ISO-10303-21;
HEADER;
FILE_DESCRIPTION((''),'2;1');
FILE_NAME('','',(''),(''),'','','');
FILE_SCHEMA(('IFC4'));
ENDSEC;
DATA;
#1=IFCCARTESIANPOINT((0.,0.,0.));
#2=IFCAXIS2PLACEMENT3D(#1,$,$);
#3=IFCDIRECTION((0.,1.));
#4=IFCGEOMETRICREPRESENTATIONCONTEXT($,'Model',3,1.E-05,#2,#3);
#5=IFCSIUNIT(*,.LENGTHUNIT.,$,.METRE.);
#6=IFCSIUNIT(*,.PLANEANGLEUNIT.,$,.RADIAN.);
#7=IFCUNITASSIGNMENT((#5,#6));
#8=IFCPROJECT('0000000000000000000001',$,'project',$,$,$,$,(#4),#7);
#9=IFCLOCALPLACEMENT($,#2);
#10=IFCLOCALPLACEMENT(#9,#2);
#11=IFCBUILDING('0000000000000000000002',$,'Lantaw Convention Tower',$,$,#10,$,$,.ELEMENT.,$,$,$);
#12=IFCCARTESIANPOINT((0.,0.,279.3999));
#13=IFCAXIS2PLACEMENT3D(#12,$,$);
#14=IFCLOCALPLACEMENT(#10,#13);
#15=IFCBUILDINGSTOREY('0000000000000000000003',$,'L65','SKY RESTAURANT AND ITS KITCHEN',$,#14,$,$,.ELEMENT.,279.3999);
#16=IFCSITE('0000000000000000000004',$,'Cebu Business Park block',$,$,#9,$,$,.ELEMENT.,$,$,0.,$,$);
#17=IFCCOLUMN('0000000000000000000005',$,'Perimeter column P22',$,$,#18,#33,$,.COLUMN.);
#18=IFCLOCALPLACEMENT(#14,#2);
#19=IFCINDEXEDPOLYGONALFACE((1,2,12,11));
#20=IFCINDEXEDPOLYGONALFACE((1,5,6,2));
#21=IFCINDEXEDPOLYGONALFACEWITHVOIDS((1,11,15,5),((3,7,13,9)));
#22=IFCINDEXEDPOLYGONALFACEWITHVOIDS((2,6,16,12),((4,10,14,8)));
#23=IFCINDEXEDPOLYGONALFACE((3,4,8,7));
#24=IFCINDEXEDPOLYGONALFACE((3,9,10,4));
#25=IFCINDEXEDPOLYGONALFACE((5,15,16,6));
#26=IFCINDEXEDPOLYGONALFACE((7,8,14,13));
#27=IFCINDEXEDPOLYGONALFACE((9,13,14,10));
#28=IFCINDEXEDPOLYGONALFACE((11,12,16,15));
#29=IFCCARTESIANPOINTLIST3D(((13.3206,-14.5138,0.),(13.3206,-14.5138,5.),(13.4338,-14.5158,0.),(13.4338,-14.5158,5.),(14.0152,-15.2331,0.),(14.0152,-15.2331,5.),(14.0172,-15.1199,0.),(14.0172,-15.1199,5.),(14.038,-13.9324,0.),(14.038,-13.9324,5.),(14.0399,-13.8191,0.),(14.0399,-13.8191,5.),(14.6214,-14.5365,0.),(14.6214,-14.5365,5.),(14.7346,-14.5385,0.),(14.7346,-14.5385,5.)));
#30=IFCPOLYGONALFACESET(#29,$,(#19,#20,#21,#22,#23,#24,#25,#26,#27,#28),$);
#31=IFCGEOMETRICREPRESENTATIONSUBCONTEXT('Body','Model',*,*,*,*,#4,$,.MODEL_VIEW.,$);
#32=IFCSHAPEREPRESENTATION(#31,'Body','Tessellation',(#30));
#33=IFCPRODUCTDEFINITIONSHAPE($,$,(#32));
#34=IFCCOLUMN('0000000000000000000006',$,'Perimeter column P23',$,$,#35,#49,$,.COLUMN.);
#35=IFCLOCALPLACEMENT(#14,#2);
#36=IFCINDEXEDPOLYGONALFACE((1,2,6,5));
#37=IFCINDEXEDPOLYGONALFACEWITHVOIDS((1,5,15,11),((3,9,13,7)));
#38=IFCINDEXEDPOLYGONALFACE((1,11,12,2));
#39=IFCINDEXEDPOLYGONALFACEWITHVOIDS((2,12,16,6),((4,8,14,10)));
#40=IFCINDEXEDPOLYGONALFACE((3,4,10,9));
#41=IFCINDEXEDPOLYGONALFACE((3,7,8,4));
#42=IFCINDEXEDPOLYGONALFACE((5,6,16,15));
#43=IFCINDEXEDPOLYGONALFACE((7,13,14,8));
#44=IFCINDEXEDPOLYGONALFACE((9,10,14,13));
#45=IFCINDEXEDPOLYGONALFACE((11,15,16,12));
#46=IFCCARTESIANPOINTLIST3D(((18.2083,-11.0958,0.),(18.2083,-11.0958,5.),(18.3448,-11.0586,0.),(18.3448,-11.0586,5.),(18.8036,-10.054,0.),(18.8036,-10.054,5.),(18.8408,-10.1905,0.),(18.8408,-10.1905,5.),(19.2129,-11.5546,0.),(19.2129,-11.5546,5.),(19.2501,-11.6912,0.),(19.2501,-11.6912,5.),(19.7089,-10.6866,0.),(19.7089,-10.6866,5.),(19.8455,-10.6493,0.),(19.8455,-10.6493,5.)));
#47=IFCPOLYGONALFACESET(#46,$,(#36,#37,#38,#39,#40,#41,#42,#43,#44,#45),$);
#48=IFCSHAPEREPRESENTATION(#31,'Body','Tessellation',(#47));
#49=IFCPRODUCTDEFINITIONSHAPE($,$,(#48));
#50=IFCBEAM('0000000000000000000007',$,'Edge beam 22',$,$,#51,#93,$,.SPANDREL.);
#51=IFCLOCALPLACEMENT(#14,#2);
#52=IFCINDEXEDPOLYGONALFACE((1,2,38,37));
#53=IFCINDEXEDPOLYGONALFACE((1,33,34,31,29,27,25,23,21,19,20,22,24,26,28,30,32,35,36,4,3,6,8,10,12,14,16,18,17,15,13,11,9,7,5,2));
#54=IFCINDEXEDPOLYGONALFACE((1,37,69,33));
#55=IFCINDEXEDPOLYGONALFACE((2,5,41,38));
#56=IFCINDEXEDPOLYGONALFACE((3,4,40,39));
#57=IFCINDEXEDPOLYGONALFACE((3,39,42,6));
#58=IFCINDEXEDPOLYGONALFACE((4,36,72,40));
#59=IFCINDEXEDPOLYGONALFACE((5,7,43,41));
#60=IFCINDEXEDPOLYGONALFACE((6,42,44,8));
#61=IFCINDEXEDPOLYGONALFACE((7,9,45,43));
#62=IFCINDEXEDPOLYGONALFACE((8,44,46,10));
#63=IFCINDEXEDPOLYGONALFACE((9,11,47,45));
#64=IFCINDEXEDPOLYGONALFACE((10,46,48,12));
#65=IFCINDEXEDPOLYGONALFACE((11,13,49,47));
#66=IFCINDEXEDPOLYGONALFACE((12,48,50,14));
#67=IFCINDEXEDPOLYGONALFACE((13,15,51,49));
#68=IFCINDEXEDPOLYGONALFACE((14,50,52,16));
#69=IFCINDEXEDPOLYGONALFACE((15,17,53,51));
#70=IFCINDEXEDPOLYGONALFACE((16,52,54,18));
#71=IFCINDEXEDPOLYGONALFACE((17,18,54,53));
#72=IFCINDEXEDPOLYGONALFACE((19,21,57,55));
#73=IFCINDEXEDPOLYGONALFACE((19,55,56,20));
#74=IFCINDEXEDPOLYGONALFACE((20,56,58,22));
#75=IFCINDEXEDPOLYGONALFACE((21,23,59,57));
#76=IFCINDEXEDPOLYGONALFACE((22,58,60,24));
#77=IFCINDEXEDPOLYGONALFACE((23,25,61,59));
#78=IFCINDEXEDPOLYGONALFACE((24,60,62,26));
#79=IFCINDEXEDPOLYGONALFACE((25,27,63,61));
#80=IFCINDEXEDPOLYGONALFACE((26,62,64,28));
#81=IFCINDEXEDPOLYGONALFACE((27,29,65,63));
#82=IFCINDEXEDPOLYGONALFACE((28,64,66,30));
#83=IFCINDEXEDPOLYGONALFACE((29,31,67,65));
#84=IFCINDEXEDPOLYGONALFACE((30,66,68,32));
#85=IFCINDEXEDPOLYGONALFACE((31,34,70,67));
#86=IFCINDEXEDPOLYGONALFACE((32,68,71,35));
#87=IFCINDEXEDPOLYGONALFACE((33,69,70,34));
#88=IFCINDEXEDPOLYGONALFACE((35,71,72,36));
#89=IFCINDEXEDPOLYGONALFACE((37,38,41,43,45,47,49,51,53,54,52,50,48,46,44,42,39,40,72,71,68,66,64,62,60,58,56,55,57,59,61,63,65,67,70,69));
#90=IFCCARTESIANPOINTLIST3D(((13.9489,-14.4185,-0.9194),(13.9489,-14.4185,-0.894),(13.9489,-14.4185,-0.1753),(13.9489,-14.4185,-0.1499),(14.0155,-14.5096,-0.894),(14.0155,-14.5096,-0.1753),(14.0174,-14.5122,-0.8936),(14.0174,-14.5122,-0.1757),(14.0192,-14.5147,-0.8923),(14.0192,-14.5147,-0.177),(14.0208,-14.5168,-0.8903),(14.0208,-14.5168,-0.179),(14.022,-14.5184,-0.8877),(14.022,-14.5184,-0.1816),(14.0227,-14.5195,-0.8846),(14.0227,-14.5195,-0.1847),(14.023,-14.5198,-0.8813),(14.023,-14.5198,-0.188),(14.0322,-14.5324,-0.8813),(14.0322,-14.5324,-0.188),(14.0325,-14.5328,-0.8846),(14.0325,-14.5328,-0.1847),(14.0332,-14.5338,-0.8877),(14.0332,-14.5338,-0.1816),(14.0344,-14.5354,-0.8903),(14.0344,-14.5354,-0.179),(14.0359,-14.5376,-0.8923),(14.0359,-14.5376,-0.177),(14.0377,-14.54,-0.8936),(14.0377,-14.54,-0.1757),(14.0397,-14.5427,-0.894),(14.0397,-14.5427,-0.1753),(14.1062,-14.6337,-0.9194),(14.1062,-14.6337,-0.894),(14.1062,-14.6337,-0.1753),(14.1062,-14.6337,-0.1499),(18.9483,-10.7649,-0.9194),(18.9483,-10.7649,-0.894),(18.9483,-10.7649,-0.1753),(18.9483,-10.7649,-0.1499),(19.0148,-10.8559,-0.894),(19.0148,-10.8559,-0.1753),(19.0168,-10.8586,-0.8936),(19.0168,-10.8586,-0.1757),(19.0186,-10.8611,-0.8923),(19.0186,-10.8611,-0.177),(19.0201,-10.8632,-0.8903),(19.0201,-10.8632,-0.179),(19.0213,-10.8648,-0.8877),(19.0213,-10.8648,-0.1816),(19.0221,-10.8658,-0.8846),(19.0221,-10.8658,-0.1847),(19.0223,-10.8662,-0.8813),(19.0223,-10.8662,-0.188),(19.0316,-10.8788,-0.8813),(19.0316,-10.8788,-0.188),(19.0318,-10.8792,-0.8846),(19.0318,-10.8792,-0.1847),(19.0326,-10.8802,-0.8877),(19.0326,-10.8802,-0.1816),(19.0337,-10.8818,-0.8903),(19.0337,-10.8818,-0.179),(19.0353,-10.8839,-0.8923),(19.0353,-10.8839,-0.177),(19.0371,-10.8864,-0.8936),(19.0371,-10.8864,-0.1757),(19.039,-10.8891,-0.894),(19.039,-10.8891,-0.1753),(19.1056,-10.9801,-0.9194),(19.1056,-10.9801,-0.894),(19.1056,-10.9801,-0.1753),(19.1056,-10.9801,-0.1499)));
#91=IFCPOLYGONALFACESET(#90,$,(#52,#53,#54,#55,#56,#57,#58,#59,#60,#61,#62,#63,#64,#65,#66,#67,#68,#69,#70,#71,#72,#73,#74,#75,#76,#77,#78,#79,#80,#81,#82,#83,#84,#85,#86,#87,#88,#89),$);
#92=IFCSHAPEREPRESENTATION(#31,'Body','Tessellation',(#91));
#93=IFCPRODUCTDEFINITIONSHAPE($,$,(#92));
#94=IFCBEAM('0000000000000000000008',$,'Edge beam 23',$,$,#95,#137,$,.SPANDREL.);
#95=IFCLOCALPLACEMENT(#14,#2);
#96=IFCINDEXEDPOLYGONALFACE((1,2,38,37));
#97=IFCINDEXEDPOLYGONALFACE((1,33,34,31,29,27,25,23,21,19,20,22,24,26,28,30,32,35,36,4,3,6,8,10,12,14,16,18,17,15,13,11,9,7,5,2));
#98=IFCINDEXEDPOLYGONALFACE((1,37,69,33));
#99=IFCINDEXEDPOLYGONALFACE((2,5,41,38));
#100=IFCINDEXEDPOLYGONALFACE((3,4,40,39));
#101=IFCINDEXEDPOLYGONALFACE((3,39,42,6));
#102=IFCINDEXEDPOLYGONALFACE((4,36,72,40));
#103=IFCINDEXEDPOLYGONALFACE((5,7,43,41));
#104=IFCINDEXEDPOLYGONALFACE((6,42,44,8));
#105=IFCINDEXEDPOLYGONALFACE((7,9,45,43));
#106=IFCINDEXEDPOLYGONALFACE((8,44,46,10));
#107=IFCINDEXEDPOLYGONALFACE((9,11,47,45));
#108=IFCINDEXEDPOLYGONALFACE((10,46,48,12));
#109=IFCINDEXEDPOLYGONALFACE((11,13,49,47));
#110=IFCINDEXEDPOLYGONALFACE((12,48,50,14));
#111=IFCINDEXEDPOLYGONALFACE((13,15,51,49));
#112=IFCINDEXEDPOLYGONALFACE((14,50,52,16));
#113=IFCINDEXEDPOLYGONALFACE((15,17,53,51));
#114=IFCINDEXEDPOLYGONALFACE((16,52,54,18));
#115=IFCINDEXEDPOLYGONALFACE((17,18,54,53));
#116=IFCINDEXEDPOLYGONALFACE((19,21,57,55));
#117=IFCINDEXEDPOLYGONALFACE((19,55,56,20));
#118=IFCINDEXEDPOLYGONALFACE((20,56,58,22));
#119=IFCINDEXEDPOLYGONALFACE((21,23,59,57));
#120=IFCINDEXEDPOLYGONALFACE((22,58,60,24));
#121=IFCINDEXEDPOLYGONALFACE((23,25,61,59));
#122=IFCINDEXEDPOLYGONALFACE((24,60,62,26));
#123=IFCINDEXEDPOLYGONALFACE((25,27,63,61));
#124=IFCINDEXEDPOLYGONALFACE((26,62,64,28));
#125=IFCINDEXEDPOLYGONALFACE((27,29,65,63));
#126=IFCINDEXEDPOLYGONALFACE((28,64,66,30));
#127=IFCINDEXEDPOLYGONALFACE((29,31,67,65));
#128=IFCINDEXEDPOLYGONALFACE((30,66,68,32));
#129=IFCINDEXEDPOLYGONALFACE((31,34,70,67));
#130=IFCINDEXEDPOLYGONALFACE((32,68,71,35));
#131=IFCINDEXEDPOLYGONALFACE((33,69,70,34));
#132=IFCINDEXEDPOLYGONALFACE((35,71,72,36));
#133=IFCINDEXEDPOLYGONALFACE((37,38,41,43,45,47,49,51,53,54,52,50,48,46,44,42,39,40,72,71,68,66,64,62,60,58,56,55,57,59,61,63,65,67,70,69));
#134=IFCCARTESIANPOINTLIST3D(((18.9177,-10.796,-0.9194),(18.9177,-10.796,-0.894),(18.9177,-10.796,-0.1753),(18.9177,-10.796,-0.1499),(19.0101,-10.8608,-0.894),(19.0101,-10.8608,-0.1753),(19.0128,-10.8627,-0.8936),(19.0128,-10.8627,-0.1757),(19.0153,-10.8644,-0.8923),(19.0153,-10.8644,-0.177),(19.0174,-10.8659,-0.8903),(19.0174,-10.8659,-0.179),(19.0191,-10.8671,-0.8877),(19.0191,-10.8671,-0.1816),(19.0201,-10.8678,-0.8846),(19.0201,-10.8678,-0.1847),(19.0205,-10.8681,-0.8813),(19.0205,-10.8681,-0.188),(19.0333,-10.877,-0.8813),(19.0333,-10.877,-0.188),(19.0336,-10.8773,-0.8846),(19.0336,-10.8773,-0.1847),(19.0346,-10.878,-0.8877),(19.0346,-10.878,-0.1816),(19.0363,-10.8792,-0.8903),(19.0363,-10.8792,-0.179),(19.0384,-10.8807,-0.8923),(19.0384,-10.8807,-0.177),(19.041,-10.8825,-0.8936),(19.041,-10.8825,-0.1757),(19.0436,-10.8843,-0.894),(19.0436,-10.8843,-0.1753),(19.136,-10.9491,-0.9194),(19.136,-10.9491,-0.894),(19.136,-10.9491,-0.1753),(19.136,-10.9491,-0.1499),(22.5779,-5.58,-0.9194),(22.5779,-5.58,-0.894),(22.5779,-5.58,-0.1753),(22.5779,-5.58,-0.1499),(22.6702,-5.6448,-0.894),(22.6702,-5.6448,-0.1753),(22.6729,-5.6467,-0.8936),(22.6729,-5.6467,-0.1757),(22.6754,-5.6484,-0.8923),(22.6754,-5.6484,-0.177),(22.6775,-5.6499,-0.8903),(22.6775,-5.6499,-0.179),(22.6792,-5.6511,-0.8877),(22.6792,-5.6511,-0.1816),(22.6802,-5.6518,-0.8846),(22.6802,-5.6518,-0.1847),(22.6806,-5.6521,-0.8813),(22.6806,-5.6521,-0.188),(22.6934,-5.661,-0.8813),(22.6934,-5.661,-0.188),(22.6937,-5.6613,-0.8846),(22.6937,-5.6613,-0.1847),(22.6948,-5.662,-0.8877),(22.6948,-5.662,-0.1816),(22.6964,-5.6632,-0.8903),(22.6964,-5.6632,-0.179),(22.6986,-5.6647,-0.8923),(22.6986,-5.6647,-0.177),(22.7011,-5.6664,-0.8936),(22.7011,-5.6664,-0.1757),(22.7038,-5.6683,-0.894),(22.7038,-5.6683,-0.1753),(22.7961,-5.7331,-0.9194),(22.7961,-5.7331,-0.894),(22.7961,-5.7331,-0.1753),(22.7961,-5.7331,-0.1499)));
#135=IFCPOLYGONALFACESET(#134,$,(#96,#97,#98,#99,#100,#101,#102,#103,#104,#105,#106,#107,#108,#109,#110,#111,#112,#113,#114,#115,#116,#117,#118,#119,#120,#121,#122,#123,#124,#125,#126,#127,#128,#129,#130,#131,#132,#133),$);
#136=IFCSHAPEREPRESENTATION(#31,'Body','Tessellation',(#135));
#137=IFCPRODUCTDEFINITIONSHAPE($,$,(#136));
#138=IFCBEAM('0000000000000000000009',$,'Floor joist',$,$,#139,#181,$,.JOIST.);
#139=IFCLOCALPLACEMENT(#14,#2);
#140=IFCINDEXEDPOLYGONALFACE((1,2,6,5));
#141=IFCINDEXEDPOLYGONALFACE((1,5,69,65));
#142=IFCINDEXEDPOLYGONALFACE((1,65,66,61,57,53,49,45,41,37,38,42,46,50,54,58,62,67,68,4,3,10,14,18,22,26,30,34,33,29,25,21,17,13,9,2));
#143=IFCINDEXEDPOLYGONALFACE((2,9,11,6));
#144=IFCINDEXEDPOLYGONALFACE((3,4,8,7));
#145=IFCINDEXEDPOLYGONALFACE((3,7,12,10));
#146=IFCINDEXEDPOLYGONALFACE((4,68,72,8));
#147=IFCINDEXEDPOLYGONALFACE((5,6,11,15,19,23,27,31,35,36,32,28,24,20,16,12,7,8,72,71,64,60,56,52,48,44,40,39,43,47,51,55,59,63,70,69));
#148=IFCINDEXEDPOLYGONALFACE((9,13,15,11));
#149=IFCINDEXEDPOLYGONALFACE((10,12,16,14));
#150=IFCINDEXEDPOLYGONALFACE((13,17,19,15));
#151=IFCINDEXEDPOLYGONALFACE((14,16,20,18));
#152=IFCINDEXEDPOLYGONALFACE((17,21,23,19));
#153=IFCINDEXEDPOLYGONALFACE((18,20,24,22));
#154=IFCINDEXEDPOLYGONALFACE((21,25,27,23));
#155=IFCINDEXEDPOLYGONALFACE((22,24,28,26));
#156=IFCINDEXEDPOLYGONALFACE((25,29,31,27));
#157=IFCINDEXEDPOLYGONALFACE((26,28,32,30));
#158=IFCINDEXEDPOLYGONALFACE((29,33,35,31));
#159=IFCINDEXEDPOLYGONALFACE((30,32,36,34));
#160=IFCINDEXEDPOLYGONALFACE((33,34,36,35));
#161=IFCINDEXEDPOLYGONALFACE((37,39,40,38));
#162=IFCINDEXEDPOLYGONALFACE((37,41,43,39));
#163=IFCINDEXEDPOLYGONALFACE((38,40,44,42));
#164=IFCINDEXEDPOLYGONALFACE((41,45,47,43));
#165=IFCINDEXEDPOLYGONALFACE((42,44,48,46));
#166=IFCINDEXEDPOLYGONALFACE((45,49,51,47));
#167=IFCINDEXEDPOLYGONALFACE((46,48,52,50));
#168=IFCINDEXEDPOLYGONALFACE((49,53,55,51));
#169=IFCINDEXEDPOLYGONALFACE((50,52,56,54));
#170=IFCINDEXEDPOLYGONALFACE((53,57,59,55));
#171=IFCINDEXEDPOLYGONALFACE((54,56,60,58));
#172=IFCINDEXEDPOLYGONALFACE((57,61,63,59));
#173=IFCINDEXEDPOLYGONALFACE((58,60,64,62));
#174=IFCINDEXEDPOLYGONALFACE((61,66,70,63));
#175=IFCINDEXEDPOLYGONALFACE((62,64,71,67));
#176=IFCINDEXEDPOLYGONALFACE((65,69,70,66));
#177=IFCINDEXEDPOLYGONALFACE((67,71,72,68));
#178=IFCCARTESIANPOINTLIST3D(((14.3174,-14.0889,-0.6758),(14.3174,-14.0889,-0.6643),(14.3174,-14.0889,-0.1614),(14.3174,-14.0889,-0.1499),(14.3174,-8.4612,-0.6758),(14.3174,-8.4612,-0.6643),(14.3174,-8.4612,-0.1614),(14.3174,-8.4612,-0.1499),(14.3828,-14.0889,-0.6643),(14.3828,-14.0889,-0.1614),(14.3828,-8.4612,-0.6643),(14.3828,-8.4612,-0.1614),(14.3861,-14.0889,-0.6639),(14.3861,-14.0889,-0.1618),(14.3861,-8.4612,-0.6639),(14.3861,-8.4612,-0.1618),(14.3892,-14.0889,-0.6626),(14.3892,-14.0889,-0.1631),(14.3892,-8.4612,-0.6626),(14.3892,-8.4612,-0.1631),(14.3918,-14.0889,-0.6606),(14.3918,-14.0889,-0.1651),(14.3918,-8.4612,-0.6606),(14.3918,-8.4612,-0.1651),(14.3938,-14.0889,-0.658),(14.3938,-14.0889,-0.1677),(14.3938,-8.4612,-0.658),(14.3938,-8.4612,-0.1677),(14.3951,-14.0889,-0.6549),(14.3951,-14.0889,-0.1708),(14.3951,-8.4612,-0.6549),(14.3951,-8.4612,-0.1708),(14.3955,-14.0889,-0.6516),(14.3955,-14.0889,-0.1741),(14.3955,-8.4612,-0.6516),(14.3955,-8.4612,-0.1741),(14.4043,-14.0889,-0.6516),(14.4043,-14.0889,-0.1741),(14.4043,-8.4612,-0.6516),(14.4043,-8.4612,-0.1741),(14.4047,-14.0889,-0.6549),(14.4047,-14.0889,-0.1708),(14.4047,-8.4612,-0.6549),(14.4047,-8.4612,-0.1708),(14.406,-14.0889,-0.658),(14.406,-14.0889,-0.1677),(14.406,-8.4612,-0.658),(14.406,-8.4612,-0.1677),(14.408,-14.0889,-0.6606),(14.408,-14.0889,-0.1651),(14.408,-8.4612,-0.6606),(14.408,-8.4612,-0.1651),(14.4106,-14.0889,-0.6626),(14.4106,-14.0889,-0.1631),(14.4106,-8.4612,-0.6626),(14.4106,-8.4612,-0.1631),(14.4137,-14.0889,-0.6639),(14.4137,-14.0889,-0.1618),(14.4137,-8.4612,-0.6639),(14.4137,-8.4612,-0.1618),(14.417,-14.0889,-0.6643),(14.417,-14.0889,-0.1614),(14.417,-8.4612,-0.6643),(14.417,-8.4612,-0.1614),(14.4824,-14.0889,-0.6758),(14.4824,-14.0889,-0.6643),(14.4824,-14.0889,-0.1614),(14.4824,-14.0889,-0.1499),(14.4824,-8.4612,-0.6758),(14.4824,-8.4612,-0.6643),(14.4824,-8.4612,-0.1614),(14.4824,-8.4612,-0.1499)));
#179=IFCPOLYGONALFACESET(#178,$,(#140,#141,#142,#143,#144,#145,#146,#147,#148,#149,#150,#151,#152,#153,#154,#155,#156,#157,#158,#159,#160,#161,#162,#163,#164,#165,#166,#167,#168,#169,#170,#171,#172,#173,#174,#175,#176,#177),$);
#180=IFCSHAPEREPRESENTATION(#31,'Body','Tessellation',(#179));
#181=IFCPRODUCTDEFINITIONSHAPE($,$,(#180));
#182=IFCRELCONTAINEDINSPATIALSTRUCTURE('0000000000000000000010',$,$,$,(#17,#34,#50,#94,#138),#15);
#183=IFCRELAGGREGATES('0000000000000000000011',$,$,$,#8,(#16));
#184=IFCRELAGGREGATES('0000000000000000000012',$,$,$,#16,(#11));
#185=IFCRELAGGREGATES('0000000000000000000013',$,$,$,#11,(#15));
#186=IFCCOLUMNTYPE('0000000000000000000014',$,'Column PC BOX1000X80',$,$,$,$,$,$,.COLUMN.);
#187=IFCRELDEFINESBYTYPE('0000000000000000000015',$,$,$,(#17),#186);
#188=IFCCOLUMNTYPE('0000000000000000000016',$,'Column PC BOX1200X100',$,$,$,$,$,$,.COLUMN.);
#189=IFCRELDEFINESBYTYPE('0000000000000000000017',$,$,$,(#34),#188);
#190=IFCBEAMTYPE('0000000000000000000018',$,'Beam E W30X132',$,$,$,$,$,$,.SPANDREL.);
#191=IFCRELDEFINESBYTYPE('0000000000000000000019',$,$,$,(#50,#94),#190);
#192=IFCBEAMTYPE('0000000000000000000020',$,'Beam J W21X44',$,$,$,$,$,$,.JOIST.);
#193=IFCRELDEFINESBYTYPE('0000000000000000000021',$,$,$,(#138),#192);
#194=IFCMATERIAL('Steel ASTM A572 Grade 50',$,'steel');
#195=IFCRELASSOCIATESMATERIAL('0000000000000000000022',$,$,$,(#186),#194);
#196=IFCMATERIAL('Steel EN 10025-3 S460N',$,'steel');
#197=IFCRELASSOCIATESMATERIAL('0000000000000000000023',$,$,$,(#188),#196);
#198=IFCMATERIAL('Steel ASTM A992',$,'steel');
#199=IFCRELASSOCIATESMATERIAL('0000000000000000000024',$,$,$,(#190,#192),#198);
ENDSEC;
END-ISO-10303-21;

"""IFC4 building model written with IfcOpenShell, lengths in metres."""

from ifc_helpers import new_model, si_unit, direction, frame, origin, origin_2d, place, context, subcontext, project, spatial, rectangle, hollow_rectangle, i_section, extrude, material, material_profile, profile_set, type_object, element, save


model = new_model("IFC4")

# Units and contexts
model_context = context("Model", 3, precision=1e-05, world=origin(), true_north=direction((0.0, 1.0)))
body_context = subcontext(model_context, "Body", "Model", "MODEL_VIEW")
ifc_project = project(units=[si_unit("LENGTHUNIT", "METRE"), si_unit("PLANEANGLEUNIT", "RADIAN")], contexts=[model_context])

# Site, building, storey
site_placement = place(None, origin())
site = spatial("IfcSite", under=ifc_project, at=site_placement, Name="Cebu Business Park block", CompositionType="ELEMENT", RefElevation=0.0)
building_placement = place(site_placement, origin())
building = spatial("IfcBuilding", under=site, at=building_placement, Name="Lantaw Convention Tower", CompositionType="ELEMENT")
storey_placement = place(building_placement, frame((0.0, 0.0, 279.3999)))
storey = spatial("IfcBuildingStorey", under=building, at=storey_placement, Name="L65", Description="SKY RESTAURANT AND ITS KITCHEN", CompositionType="ELEMENT", Elevation=279.3999)

# Columns
ifc_material_1 = material(Name="Steel ASTM A572 Grade 50", Category="steel")
ifc_material_profile_1 = material_profile(ifc_material_1, hollow_rectangle(XDim=1.0, YDim=1.0, WallThickness=0.0801, at=origin_2d()), Name="BOX1000X80")
ifc_material_2 = material(Name="Concrete C60/75", Category="concrete")
ifc_material_profile_2 = material_profile(ifc_material_2, rectangle(XDim=0.8401, YDim=0.8401, at=origin_2d()), Name="Concrete fill of BOX1000X80")
ifc_profile_set_1 = profile_set([ifc_material_profile_1, ifc_material_profile_2], Name="Steel ASTM A572 Grade 50")
column_type_1 = type_object("IfcColumnType", Name="Column PC BOX1000X80", PredefinedType="COLUMN", material=ifc_profile_set_1)
column_1_placement = place(storey_placement, frame((14.0276, -14.5261, 0.0), z_axis=(0.0, 0.0, 1.0), x_axis=(0.71934, 0.694658, 0.0)))
element("IfcColumn", 1, at=column_1_placement, inside=storey, type_object=column_type_1, Name="Perimeter column P22", PredefinedType="COLUMN", context=body_context, shape_type="SweptSolid", body=[
    extrude(hollow_rectangle(XDim=1.0, YDim=1.0, WallThickness=0.0801, at=origin_2d()), origin(), (0.0, 0.0, 1.0), 5.0),
])
ifc_material_3 = material(Name="Steel EN 10025-3 S460N", Category="steel")
ifc_material_profile_3 = material_profile(ifc_material_3, hollow_rectangle(XDim=1.2, YDim=1.2, WallThickness=0.1001, at=origin_2d()), Name="BOX1200X100")
ifc_material_profile_4 = material_profile(ifc_material_2, rectangle(XDim=1.0, YDim=1.0, at=origin_2d()), Name="Concrete fill of BOX1200X100")
ifc_profile_set_2 = profile_set([ifc_material_profile_3, ifc_material_profile_4], Name="Steel EN 10025-3 S460N")
column_type_2 = type_object("IfcColumnType", Name="Column PC BOX1200X100", PredefinedType="COLUMN", material=ifc_profile_set_2)
column_2_placement = place(storey_placement, frame((19.0269, -10.8726, 0.0), z_axis=(0.0, 0.0, 1.0), x_axis=(0.496139, 0.868243, 0.0)))
element("IfcColumn", 2, at=column_2_placement, inside=storey, type_object=column_type_2, Name="Perimeter column P23", PredefinedType="COLUMN", context=body_context, shape_type="SweptSolid", body=[
    extrude(hollow_rectangle(XDim=1.2, YDim=1.2, WallThickness=0.1001, at=origin_2d()), origin(), (0.0, 0.0, 1.0), 5.0),
])

# Beams
ifc_material_4 = material(Name="Steel ASTM A992", Category="steel")
ifc_material_profile_5 = material_profile(ifc_material_4, i_section(OverallWidth=0.2666, OverallDepth=0.7695, WebThickness=0.0156, FlangeThickness=0.0254, FilletRadius=0.0127, at=origin_2d()), Name="W30X132")
ifc_profile_set_3 = profile_set([ifc_material_profile_5], Name="Steel ASTM A992")
beam_type_1 = type_object("IfcBeamType", Name="Beam E W30X132", PredefinedType="SPANDREL", material=ifc_profile_set_3)
beam_1_placement = place(storey_placement, frame((14.0276, -14.5261, -0.5347), z_axis=(0.807372, 0.590043, 0.0), x_axis=(-0.590043, 0.807372, 0.0)))
element("IfcBeam", 3, at=beam_1_placement, inside=storey, type_object=beam_type_1, Name="Edge beam 22", PredefinedType="SPANDREL", context=body_context, shape_type="SweptSolid", body=[
    extrude(i_section(OverallWidth=0.2666, OverallDepth=0.7695, WebThickness=0.0156, FlangeThickness=0.0254, FilletRadius=0.0127, at=origin_2d()), origin(), (0.0, 0.0, 1.0), 6.1921),
])
beam_2_placement = place(storey_placement, frame((19.0269, -10.8726, -0.5347), z_axis=(0.574401, 0.818574, 0.0), x_axis=(-0.818574, 0.574401, 0.0)))
element("IfcBeam", 4, at=beam_2_placement, inside=storey, type_object=beam_type_1, Name="Edge beam 23", PredefinedType="SPANDREL", context=body_context, shape_type="SweptSolid", body=[
    extrude(i_section(OverallWidth=0.2666, OverallDepth=0.7695, WebThickness=0.0156, FlangeThickness=0.0254, FilletRadius=0.0127, at=origin_2d()), origin(), (0.0, 0.0, 1.0), 6.3721),
])
ifc_material_profile_6 = material_profile(ifc_material_4, i_section(OverallWidth=0.165, OverallDepth=0.5259, WebThickness=0.0088, FlangeThickness=0.0115, FilletRadius=0.0127, at=origin_2d()), Name="W21X44")
ifc_profile_set_4 = profile_set([ifc_material_profile_6], Name="Steel ASTM A992")
beam_type_2 = type_object("IfcBeamType", Name="Beam J W21X44", PredefinedType="JOIST", material=ifc_profile_set_4)
beam_3_placement = place(storey_placement, frame((14.3999, -14.0889, -0.4128), z_axis=(0.0, 1.0, 0.0), x_axis=(-1.0, 0.0, 0.0)))
element("IfcBeam", 5, at=beam_3_placement, inside=storey, type_object=beam_type_2, Name="Floor joist", PredefinedType="JOIST", context=body_context, shape_type="SweptSolid", body=[
    extrude(i_section(OverallWidth=0.165, OverallDepth=0.5259, WebThickness=0.0088, FlangeThickness=0.0115, FilletRadius=0.0127, at=origin_2d()), origin(), (0.0, 0.0, 1.0), 5.6277),
])

save(model, "model.ifc")
